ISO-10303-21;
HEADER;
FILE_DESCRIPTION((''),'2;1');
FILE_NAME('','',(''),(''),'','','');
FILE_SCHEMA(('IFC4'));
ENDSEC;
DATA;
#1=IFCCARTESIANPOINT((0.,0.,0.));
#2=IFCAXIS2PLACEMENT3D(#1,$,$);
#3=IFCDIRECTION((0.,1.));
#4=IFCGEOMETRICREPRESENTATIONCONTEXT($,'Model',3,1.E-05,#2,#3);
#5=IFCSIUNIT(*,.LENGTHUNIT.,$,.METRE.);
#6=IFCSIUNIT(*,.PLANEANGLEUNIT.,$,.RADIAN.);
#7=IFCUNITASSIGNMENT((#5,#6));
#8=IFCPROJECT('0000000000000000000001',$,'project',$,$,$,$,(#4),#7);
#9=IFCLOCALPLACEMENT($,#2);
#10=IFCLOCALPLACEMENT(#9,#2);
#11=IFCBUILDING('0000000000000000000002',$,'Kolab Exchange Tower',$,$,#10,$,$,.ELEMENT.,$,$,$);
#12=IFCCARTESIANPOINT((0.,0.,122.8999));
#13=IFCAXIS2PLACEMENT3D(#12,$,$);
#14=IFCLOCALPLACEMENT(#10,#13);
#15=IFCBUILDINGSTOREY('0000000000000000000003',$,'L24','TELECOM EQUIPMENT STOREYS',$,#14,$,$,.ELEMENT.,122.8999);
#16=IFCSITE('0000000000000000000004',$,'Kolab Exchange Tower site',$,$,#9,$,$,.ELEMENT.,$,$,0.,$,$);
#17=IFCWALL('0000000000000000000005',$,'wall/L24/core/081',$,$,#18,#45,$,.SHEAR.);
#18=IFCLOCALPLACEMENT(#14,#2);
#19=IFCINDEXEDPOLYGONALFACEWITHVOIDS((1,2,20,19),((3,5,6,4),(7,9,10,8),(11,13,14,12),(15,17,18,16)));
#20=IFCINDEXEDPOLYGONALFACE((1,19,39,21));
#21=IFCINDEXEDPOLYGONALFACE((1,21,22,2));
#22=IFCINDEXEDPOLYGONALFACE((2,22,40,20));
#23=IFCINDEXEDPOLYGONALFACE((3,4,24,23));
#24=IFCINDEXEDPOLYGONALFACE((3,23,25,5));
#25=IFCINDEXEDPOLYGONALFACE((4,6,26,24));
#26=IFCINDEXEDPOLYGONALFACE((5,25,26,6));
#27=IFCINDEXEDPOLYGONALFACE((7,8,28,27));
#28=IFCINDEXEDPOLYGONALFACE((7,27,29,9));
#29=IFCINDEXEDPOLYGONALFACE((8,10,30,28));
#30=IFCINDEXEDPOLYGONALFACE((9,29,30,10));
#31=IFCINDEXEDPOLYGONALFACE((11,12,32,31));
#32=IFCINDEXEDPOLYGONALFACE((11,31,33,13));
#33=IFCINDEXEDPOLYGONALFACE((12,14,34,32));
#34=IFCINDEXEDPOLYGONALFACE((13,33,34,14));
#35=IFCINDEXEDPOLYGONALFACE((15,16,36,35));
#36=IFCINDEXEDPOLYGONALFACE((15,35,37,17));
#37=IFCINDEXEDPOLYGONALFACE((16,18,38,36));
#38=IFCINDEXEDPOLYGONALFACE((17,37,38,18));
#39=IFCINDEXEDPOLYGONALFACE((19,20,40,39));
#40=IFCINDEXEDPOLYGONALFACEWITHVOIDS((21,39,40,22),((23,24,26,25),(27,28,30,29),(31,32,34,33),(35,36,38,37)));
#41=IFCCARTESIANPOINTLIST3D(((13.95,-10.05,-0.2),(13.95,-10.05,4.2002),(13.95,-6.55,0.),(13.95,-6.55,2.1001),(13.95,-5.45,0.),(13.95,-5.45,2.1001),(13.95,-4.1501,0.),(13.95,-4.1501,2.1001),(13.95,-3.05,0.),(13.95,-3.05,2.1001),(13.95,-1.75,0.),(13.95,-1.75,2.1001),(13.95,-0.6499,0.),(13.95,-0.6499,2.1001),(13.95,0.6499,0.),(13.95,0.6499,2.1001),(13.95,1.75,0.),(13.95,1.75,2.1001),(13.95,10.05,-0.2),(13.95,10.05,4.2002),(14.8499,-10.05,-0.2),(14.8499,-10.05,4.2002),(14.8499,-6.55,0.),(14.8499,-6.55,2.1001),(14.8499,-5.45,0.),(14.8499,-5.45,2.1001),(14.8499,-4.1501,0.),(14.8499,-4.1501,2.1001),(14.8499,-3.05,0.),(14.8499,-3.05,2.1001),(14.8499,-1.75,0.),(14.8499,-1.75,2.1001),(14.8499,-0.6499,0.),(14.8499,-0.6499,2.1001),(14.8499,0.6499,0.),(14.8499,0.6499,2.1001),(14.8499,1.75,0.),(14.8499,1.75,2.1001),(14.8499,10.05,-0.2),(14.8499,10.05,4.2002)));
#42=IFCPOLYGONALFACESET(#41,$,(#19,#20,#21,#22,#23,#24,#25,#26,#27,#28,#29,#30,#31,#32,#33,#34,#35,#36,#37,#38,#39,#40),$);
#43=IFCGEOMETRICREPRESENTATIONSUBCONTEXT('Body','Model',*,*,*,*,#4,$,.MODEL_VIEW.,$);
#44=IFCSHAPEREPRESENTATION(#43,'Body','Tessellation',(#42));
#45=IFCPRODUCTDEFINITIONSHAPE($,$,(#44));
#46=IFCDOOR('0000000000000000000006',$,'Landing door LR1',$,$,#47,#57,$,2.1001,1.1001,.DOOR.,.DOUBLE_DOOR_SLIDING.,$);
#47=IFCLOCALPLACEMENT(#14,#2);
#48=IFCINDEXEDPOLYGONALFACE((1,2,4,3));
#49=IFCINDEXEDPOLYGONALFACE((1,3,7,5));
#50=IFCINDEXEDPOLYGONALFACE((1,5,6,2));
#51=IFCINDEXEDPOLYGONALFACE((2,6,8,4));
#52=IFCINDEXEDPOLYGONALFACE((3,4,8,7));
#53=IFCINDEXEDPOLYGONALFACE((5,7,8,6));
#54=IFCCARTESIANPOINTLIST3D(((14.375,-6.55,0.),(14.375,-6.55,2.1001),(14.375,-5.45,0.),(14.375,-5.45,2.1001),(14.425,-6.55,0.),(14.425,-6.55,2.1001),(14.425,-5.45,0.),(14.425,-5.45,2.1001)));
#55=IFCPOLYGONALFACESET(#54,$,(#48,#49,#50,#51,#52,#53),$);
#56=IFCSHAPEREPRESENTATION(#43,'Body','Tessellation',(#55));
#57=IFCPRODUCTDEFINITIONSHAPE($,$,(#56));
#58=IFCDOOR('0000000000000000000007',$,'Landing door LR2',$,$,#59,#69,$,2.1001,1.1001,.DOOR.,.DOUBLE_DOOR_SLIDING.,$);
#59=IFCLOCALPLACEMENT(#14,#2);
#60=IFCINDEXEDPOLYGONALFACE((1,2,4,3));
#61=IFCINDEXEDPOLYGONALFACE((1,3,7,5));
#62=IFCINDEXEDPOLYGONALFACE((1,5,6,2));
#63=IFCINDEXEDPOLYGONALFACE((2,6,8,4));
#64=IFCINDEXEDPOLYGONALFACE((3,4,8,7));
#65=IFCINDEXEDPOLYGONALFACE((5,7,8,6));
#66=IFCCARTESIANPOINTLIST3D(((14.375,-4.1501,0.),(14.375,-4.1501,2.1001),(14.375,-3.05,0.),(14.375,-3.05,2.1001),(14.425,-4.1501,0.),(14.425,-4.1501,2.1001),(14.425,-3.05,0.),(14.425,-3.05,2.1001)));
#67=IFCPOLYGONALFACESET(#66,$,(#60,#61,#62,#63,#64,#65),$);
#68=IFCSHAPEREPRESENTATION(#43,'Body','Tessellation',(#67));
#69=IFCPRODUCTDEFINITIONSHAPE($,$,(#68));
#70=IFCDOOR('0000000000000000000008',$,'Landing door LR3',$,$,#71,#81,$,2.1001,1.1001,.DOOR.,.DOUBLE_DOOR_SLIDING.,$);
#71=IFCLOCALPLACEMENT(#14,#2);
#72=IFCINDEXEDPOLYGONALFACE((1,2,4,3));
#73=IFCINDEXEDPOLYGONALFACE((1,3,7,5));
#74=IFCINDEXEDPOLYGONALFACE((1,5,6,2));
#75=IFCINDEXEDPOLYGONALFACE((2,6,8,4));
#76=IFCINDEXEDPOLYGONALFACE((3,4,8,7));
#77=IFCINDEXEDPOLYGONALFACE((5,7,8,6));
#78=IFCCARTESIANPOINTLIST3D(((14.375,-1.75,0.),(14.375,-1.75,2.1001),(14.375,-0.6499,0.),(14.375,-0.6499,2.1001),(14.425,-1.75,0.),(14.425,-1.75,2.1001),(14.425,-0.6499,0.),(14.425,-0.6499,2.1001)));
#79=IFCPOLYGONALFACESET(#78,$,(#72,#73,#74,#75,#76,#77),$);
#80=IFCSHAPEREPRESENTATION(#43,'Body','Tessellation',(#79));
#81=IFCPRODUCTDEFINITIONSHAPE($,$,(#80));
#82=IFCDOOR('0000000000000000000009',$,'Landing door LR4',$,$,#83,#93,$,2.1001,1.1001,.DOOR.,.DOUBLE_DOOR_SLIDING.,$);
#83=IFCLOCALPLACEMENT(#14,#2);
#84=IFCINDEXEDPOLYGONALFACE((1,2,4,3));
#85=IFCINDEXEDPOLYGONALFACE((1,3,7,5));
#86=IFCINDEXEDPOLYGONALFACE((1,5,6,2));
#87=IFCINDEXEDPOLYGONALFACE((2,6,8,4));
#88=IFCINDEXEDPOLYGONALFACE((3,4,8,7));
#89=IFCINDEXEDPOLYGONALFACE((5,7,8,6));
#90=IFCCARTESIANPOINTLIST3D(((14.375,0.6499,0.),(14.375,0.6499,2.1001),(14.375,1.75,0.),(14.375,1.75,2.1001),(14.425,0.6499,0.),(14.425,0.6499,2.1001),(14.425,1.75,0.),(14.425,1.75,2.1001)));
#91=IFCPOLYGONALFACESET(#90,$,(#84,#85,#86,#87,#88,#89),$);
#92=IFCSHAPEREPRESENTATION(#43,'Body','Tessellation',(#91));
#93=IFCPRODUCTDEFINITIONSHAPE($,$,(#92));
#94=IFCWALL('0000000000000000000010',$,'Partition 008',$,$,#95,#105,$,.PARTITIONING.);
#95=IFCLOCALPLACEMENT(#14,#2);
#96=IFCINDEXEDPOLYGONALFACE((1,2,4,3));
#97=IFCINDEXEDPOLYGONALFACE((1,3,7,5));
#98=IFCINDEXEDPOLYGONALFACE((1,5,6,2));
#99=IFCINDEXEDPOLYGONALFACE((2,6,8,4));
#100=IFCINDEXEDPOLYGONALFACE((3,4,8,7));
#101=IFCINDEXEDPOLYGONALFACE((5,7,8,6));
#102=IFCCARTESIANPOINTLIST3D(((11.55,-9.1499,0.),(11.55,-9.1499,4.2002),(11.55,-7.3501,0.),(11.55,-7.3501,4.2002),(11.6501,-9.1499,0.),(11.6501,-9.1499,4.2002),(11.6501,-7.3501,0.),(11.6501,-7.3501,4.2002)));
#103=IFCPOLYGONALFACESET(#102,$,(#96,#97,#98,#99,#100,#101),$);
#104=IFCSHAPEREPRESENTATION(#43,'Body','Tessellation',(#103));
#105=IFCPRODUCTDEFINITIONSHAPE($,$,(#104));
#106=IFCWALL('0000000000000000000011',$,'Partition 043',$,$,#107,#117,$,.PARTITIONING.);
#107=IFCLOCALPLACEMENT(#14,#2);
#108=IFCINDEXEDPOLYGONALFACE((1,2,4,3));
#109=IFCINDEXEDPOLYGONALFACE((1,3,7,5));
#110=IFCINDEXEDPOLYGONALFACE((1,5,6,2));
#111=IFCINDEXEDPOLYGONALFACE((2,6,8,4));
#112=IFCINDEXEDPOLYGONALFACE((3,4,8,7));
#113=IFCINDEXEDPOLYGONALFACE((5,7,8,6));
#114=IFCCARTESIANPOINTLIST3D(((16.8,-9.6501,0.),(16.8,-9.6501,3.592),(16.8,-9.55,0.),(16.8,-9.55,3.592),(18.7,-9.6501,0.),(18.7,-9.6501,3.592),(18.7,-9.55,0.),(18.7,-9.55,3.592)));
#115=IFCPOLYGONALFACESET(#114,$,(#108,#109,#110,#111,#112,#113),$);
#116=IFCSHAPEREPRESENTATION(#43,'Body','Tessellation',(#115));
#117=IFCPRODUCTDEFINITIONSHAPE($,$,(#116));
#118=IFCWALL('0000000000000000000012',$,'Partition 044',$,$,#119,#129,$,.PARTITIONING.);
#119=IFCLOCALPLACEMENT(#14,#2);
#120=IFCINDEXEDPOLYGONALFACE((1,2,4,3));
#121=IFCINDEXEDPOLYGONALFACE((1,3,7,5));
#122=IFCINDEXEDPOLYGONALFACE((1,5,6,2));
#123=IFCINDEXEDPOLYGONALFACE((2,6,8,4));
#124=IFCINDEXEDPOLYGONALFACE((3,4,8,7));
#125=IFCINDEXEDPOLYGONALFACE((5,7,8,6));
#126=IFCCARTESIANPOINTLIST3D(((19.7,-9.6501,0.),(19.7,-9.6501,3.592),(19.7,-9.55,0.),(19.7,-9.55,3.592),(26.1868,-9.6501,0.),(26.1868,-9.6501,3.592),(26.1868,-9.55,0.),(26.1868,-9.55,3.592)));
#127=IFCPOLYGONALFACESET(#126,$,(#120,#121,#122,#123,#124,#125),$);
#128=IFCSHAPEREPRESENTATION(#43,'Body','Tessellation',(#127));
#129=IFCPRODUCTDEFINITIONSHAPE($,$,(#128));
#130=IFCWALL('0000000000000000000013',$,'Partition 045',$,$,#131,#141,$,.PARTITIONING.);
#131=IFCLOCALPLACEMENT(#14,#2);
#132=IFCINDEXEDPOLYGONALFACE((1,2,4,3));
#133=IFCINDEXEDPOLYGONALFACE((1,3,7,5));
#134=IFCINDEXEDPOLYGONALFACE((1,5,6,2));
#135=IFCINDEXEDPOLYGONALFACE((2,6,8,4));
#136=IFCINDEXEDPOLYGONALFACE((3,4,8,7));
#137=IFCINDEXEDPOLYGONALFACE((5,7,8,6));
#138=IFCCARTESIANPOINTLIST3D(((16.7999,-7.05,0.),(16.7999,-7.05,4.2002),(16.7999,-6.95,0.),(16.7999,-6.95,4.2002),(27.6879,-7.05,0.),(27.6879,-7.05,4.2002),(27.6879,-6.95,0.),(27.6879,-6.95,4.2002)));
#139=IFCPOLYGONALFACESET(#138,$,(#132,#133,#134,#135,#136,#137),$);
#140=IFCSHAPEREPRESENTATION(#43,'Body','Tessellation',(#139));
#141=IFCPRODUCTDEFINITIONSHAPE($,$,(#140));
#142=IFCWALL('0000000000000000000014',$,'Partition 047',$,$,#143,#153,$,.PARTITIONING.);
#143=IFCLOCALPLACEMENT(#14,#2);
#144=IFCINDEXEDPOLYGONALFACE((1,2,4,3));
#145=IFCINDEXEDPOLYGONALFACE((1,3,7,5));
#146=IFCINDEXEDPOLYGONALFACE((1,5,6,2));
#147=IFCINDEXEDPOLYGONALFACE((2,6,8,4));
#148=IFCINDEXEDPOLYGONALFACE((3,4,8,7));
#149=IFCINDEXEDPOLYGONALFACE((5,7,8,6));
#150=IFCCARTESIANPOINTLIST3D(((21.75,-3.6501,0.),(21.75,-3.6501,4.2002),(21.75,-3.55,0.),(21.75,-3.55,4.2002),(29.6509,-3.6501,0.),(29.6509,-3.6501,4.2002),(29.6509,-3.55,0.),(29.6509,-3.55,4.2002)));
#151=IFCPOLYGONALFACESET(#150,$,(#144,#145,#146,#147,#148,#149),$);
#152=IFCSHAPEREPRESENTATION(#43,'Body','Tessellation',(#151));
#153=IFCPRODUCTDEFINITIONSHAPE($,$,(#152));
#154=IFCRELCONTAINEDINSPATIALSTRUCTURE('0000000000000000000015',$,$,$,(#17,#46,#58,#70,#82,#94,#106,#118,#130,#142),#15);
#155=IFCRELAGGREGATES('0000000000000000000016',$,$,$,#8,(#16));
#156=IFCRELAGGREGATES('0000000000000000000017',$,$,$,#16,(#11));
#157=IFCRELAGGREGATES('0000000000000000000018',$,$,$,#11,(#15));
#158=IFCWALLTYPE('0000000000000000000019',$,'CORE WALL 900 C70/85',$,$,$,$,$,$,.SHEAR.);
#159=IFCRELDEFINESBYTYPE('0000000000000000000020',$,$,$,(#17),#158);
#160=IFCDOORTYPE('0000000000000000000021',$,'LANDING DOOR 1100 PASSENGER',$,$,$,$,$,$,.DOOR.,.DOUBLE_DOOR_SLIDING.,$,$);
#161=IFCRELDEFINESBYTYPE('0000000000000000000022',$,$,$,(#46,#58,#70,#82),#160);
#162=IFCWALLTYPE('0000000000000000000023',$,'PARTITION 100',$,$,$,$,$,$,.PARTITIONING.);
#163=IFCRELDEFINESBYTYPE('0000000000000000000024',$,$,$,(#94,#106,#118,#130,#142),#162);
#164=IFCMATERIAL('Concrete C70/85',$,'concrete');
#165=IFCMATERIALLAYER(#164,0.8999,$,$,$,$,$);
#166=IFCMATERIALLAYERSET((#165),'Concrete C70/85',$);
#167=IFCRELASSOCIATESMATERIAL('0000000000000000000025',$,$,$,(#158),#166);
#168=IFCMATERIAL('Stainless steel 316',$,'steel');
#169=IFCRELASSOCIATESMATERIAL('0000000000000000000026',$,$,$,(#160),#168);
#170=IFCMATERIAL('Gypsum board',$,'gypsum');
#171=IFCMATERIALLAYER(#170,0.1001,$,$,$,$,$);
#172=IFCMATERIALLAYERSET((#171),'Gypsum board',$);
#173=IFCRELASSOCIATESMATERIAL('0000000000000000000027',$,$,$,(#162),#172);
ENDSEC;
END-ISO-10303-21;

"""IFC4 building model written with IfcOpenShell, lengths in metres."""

from ifc_helpers import new_model, si_unit, direction, frame, frame_2d, origin, place, context, subcontext, project, spatial, rectangle, extrude, material, layer, layer_set, type_object, element, fill, save


model = new_model("IFC4")

# Units and contexts
model_context = context("Model", 3, precision=1e-05, world=origin(), true_north=direction((0.0, 1.0)))
body_context = subcontext(model_context, "Body", "Model", "MODEL_VIEW")
ifc_project = project(units=[si_unit("LENGTHUNIT", "METRE"), si_unit("PLANEANGLEUNIT", "RADIAN")], contexts=[model_context])

# Site, building, storey
site_placement = place(None, origin())
site = spatial("IfcSite", under=ifc_project, at=site_placement, Name="Kolab Exchange Tower site", CompositionType="ELEMENT", RefElevation=0.0)
building_placement = place(site_placement, origin())
building = spatial("IfcBuilding", under=site, at=building_placement, Name="Kolab Exchange Tower", CompositionType="ELEMENT")
storey_placement = place(building_placement, frame((0.0, 0.0, 122.8999)))
storey = spatial("IfcBuildingStorey", under=building, at=storey_placement, Name="L24", Description="TELECOM EQUIPMENT STOREYS", CompositionType="ELEMENT", Elevation=122.8999)

# Shared definitions
ifc_material_1 = material(Name="Concrete C70/85", Category="concrete")

# Wall, openings, doors
ifc_layer_1 = layer(ifc_material_1, 0.8999)
ifc_layer_set_1 = layer_set([ifc_layer_1], Name="Concrete C70/85")
wall_type_1 = type_object("IfcWallType", Name="CORE WALL 900 C70/85", PredefinedType="SHEAR", material=ifc_layer_set_1)
wall_1_placement = place(storey_placement, frame((14.3999, -10.05, -0.2), z_axis=(0.0, 0.0, 1.0), x_axis=(0.0, 1.0, 0.0)))
wall_1 = element("IfcWall", 1, at=wall_1_placement, inside=storey, type_object=wall_type_1, Name="wall/L24/core/081", PredefinedType="SHEAR", context=body_context, shape_type="SweptSolid", body=[
    extrude(rectangle(XDim=20.1001, YDim=0.8999, at=frame_2d((10.05, 0.0))), origin(), (0.0, 0.0, 1.0), 4.4001),
])
opening_1_placement = place(wall_1_placement, frame((3.5, 0.0, 0.2)))
opening_1 = element("IfcOpeningElement", 2, at=opening_1_placement, cuts=wall_1, PredefinedType="OPENING", context=body_context, shape_type="SweptSolid", body=[
    extrude(rectangle(XDim=1.1001, YDim=2.1001, at=frame_2d((0.55, 1.05))), frame((0.0, 0.46, 0.0), z_axis=(0.0, -1.0, 0.0), x_axis=(1.0, 0.0, 0.0)), (0.0, 0.0, 1.0), 0.9199),
])
opening_2_placement = place(wall_1_placement, frame((5.8999, 0.0, 0.2)))
opening_2 = element("IfcOpeningElement", 3, at=opening_2_placement, cuts=wall_1, PredefinedType="OPENING", context=body_context, shape_type="SweptSolid", body=[
    extrude(rectangle(XDim=1.1001, YDim=2.1001, at=frame_2d((0.55, 1.05))), frame((0.0, 0.46, 0.0), z_axis=(0.0, -1.0, 0.0), x_axis=(1.0, 0.0, 0.0)), (0.0, 0.0, 1.0), 0.9199),
])
opening_3_placement = place(wall_1_placement, frame((8.3, 0.0, 0.2)))
opening_3 = element("IfcOpeningElement", 4, at=opening_3_placement, cuts=wall_1, PredefinedType="OPENING", context=body_context, shape_type="SweptSolid", body=[
    extrude(rectangle(XDim=1.1001, YDim=2.1001, at=frame_2d((0.55, 1.05))), frame((0.0, 0.46, 0.0), z_axis=(0.0, -1.0, 0.0), x_axis=(1.0, 0.0, 0.0)), (0.0, 0.0, 1.0), 0.9199),
])
opening_4_placement = place(wall_1_placement, frame((10.7, 0.0, 0.2)))
opening_4 = element("IfcOpeningElement", 5, at=opening_4_placement, cuts=wall_1, PredefinedType="OPENING", context=body_context, shape_type="SweptSolid", body=[
    extrude(rectangle(XDim=1.1001, YDim=2.1001, at=frame_2d((0.55, 1.05))), frame((0.0, 0.46, 0.0), z_axis=(0.0, -1.0, 0.0), x_axis=(1.0, 0.0, 0.0)), (0.0, 0.0, 1.0), 0.9199),
])
ifc_material_2 = material(Name="Stainless steel 316", Category="steel")
door_type_1 = type_object("IfcDoorType", Name="LANDING DOOR 1100 PASSENGER", OperationType="DOUBLE_DOOR_SLIDING", PredefinedType="DOOR", material=ifc_material_2)
door_1_placement = place(opening_1_placement, origin())
door_1 = element("IfcDoor", 6, at=door_1_placement, inside=storey, type_object=door_type_1, Name="Landing door LR1", OperationType="DOUBLE_DOOR_SLIDING", OverallHeight=2.1001, OverallWidth=1.1001, PredefinedType="DOOR", context=body_context, shape_type="SweptSolid", body=[
    extrude(rectangle(XDim=1.1001, YDim=2.1001, at=frame_2d((0.55, 1.05))), frame((0.0, 0.0249, 0.0), z_axis=(0.0, -1.0, 0.0), x_axis=(1.0, 0.0, 0.0)), (0.0, 0.0, 1.0), 0.05),
])
fill(opening_1, door_1)
door_2_placement = place(opening_2_placement, origin())
door_2 = element("IfcDoor", 7, at=door_2_placement, inside=storey, type_object=door_type_1, Name="Landing door LR2", OperationType="DOUBLE_DOOR_SLIDING", OverallHeight=2.1001, OverallWidth=1.1001, PredefinedType="DOOR", context=body_context, shape_type="SweptSolid", body=[
    extrude(rectangle(XDim=1.1001, YDim=2.1001, at=frame_2d((0.55, 1.05))), frame((0.0, 0.0249, 0.0), z_axis=(0.0, -1.0, 0.0), x_axis=(1.0, 0.0, 0.0)), (0.0, 0.0, 1.0), 0.05),
])
fill(opening_2, door_2)
door_3_placement = place(opening_3_placement, origin())
door_3 = element("IfcDoor", 8, at=door_3_placement, inside=storey, type_object=door_type_1, Name="Landing door LR3", OperationType="DOUBLE_DOOR_SLIDING", OverallHeight=2.1001, OverallWidth=1.1001, PredefinedType="DOOR", context=body_context, shape_type="SweptSolid", body=[
    extrude(rectangle(XDim=1.1001, YDim=2.1001, at=frame_2d((0.55, 1.05))), frame((0.0, 0.0249, 0.0), z_axis=(0.0, -1.0, 0.0), x_axis=(1.0, 0.0, 0.0)), (0.0, 0.0, 1.0), 0.05),
])
fill(opening_3, door_3)
door_4_placement = place(opening_4_placement, origin())
door_4 = element("IfcDoor", 9, at=door_4_placement, inside=storey, type_object=door_type_1, Name="Landing door LR4", OperationType="DOUBLE_DOOR_SLIDING", OverallHeight=2.1001, OverallWidth=1.1001, PredefinedType="DOOR", context=body_context, shape_type="SweptSolid", body=[
    extrude(rectangle(XDim=1.1001, YDim=2.1001, at=frame_2d((0.55, 1.05))), frame((0.0, 0.0249, 0.0), z_axis=(0.0, -1.0, 0.0), x_axis=(1.0, 0.0, 0.0)), (0.0, 0.0, 1.0), 0.05),
])
fill(opening_4, door_4)

# Walls
ifc_material_3 = material(Name="Gypsum board", Category="gypsum")
ifc_layer_2 = layer(ifc_material_3, 0.1001)
ifc_layer_set_2 = layer_set([ifc_layer_2], Name="Gypsum board")
wall_type_2 = type_object("IfcWallType", Name="PARTITION 100", PredefinedType="PARTITIONING", material=ifc_layer_set_2)
wall_2_placement = place(storey_placement, frame((11.6001, -9.1499, 0.0), z_axis=(0.0, 0.0, 1.0), x_axis=(0.0, 1.0, 0.0)))
element("IfcWall", 10, at=wall_2_placement, inside=storey, type_object=wall_type_2, Name="Partition 008", PredefinedType="PARTITIONING", context=body_context, shape_type="SweptSolid", body=[
    extrude(rectangle(XDim=1.7998, YDim=0.1001, at=frame_2d((0.8999, 0.0))), origin(), (0.0, 0.0, 1.0), 4.2002),
])
wall_3_placement = place(storey_placement, frame((16.8, -9.6001, 0.0), z_axis=(0.0, 0.0, 1.0), x_axis=(1.0, 0.0, 0.0)))
element("IfcWall", 11, at=wall_3_placement, inside=storey, type_object=wall_type_2, Name="Partition 043", PredefinedType="PARTITIONING", context=body_context, shape_type="SweptSolid", body=[
    extrude(rectangle(XDim=1.8999, YDim=0.1001, at=frame_2d((0.95, 0.0))), origin(), (0.0, 0.0, 1.0), 3.592),
])
wall_4_placement = place(storey_placement, frame((19.7, -9.6001, 0.0), z_axis=(0.0, 0.0, 1.0), x_axis=(1.0, 0.0, 0.0)))
element("IfcWall", 12, at=wall_4_placement, inside=storey, type_object=wall_type_2, Name="Partition 044", PredefinedType="PARTITIONING", context=body_context, shape_type="SweptSolid", body=[
    extrude(rectangle(XDim=6.4868, YDim=0.1001, at=frame_2d((3.2434, 0.0))), origin(), (0.0, 0.0, 1.0), 3.592),
])
wall_5_placement = place(storey_placement, frame((16.8, -7.0, 0.0), z_axis=(0.0, 0.0, 1.0), x_axis=(1.0, 0.0, 0.0)))
element("IfcWall", 13, at=wall_5_placement, inside=storey, type_object=wall_type_2, Name="Partition 045", PredefinedType="PARTITIONING", context=body_context, shape_type="SweptSolid", body=[
    extrude(rectangle(XDim=10.8879, YDim=0.1001, at=frame_2d((5.4438, 0.0))), origin(), (0.0, 0.0, 1.0), 4.2002),
])
wall_6_placement = place(storey_placement, frame((21.75, -3.6001, 0.0), z_axis=(0.0, 0.0, 1.0), x_axis=(1.0, 0.0, 0.0)))
element("IfcWall", 14, at=wall_6_placement, inside=storey, type_object=wall_type_2, Name="Partition 047", PredefinedType="PARTITIONING", context=body_context, shape_type="SweptSolid", body=[
    extrude(rectangle(XDim=7.9009, YDim=0.1001, at=frame_2d((3.9504, 0.0))), origin(), (0.0, 0.0, 1.0), 4.2002),
])

save(model, "model.ifc")
